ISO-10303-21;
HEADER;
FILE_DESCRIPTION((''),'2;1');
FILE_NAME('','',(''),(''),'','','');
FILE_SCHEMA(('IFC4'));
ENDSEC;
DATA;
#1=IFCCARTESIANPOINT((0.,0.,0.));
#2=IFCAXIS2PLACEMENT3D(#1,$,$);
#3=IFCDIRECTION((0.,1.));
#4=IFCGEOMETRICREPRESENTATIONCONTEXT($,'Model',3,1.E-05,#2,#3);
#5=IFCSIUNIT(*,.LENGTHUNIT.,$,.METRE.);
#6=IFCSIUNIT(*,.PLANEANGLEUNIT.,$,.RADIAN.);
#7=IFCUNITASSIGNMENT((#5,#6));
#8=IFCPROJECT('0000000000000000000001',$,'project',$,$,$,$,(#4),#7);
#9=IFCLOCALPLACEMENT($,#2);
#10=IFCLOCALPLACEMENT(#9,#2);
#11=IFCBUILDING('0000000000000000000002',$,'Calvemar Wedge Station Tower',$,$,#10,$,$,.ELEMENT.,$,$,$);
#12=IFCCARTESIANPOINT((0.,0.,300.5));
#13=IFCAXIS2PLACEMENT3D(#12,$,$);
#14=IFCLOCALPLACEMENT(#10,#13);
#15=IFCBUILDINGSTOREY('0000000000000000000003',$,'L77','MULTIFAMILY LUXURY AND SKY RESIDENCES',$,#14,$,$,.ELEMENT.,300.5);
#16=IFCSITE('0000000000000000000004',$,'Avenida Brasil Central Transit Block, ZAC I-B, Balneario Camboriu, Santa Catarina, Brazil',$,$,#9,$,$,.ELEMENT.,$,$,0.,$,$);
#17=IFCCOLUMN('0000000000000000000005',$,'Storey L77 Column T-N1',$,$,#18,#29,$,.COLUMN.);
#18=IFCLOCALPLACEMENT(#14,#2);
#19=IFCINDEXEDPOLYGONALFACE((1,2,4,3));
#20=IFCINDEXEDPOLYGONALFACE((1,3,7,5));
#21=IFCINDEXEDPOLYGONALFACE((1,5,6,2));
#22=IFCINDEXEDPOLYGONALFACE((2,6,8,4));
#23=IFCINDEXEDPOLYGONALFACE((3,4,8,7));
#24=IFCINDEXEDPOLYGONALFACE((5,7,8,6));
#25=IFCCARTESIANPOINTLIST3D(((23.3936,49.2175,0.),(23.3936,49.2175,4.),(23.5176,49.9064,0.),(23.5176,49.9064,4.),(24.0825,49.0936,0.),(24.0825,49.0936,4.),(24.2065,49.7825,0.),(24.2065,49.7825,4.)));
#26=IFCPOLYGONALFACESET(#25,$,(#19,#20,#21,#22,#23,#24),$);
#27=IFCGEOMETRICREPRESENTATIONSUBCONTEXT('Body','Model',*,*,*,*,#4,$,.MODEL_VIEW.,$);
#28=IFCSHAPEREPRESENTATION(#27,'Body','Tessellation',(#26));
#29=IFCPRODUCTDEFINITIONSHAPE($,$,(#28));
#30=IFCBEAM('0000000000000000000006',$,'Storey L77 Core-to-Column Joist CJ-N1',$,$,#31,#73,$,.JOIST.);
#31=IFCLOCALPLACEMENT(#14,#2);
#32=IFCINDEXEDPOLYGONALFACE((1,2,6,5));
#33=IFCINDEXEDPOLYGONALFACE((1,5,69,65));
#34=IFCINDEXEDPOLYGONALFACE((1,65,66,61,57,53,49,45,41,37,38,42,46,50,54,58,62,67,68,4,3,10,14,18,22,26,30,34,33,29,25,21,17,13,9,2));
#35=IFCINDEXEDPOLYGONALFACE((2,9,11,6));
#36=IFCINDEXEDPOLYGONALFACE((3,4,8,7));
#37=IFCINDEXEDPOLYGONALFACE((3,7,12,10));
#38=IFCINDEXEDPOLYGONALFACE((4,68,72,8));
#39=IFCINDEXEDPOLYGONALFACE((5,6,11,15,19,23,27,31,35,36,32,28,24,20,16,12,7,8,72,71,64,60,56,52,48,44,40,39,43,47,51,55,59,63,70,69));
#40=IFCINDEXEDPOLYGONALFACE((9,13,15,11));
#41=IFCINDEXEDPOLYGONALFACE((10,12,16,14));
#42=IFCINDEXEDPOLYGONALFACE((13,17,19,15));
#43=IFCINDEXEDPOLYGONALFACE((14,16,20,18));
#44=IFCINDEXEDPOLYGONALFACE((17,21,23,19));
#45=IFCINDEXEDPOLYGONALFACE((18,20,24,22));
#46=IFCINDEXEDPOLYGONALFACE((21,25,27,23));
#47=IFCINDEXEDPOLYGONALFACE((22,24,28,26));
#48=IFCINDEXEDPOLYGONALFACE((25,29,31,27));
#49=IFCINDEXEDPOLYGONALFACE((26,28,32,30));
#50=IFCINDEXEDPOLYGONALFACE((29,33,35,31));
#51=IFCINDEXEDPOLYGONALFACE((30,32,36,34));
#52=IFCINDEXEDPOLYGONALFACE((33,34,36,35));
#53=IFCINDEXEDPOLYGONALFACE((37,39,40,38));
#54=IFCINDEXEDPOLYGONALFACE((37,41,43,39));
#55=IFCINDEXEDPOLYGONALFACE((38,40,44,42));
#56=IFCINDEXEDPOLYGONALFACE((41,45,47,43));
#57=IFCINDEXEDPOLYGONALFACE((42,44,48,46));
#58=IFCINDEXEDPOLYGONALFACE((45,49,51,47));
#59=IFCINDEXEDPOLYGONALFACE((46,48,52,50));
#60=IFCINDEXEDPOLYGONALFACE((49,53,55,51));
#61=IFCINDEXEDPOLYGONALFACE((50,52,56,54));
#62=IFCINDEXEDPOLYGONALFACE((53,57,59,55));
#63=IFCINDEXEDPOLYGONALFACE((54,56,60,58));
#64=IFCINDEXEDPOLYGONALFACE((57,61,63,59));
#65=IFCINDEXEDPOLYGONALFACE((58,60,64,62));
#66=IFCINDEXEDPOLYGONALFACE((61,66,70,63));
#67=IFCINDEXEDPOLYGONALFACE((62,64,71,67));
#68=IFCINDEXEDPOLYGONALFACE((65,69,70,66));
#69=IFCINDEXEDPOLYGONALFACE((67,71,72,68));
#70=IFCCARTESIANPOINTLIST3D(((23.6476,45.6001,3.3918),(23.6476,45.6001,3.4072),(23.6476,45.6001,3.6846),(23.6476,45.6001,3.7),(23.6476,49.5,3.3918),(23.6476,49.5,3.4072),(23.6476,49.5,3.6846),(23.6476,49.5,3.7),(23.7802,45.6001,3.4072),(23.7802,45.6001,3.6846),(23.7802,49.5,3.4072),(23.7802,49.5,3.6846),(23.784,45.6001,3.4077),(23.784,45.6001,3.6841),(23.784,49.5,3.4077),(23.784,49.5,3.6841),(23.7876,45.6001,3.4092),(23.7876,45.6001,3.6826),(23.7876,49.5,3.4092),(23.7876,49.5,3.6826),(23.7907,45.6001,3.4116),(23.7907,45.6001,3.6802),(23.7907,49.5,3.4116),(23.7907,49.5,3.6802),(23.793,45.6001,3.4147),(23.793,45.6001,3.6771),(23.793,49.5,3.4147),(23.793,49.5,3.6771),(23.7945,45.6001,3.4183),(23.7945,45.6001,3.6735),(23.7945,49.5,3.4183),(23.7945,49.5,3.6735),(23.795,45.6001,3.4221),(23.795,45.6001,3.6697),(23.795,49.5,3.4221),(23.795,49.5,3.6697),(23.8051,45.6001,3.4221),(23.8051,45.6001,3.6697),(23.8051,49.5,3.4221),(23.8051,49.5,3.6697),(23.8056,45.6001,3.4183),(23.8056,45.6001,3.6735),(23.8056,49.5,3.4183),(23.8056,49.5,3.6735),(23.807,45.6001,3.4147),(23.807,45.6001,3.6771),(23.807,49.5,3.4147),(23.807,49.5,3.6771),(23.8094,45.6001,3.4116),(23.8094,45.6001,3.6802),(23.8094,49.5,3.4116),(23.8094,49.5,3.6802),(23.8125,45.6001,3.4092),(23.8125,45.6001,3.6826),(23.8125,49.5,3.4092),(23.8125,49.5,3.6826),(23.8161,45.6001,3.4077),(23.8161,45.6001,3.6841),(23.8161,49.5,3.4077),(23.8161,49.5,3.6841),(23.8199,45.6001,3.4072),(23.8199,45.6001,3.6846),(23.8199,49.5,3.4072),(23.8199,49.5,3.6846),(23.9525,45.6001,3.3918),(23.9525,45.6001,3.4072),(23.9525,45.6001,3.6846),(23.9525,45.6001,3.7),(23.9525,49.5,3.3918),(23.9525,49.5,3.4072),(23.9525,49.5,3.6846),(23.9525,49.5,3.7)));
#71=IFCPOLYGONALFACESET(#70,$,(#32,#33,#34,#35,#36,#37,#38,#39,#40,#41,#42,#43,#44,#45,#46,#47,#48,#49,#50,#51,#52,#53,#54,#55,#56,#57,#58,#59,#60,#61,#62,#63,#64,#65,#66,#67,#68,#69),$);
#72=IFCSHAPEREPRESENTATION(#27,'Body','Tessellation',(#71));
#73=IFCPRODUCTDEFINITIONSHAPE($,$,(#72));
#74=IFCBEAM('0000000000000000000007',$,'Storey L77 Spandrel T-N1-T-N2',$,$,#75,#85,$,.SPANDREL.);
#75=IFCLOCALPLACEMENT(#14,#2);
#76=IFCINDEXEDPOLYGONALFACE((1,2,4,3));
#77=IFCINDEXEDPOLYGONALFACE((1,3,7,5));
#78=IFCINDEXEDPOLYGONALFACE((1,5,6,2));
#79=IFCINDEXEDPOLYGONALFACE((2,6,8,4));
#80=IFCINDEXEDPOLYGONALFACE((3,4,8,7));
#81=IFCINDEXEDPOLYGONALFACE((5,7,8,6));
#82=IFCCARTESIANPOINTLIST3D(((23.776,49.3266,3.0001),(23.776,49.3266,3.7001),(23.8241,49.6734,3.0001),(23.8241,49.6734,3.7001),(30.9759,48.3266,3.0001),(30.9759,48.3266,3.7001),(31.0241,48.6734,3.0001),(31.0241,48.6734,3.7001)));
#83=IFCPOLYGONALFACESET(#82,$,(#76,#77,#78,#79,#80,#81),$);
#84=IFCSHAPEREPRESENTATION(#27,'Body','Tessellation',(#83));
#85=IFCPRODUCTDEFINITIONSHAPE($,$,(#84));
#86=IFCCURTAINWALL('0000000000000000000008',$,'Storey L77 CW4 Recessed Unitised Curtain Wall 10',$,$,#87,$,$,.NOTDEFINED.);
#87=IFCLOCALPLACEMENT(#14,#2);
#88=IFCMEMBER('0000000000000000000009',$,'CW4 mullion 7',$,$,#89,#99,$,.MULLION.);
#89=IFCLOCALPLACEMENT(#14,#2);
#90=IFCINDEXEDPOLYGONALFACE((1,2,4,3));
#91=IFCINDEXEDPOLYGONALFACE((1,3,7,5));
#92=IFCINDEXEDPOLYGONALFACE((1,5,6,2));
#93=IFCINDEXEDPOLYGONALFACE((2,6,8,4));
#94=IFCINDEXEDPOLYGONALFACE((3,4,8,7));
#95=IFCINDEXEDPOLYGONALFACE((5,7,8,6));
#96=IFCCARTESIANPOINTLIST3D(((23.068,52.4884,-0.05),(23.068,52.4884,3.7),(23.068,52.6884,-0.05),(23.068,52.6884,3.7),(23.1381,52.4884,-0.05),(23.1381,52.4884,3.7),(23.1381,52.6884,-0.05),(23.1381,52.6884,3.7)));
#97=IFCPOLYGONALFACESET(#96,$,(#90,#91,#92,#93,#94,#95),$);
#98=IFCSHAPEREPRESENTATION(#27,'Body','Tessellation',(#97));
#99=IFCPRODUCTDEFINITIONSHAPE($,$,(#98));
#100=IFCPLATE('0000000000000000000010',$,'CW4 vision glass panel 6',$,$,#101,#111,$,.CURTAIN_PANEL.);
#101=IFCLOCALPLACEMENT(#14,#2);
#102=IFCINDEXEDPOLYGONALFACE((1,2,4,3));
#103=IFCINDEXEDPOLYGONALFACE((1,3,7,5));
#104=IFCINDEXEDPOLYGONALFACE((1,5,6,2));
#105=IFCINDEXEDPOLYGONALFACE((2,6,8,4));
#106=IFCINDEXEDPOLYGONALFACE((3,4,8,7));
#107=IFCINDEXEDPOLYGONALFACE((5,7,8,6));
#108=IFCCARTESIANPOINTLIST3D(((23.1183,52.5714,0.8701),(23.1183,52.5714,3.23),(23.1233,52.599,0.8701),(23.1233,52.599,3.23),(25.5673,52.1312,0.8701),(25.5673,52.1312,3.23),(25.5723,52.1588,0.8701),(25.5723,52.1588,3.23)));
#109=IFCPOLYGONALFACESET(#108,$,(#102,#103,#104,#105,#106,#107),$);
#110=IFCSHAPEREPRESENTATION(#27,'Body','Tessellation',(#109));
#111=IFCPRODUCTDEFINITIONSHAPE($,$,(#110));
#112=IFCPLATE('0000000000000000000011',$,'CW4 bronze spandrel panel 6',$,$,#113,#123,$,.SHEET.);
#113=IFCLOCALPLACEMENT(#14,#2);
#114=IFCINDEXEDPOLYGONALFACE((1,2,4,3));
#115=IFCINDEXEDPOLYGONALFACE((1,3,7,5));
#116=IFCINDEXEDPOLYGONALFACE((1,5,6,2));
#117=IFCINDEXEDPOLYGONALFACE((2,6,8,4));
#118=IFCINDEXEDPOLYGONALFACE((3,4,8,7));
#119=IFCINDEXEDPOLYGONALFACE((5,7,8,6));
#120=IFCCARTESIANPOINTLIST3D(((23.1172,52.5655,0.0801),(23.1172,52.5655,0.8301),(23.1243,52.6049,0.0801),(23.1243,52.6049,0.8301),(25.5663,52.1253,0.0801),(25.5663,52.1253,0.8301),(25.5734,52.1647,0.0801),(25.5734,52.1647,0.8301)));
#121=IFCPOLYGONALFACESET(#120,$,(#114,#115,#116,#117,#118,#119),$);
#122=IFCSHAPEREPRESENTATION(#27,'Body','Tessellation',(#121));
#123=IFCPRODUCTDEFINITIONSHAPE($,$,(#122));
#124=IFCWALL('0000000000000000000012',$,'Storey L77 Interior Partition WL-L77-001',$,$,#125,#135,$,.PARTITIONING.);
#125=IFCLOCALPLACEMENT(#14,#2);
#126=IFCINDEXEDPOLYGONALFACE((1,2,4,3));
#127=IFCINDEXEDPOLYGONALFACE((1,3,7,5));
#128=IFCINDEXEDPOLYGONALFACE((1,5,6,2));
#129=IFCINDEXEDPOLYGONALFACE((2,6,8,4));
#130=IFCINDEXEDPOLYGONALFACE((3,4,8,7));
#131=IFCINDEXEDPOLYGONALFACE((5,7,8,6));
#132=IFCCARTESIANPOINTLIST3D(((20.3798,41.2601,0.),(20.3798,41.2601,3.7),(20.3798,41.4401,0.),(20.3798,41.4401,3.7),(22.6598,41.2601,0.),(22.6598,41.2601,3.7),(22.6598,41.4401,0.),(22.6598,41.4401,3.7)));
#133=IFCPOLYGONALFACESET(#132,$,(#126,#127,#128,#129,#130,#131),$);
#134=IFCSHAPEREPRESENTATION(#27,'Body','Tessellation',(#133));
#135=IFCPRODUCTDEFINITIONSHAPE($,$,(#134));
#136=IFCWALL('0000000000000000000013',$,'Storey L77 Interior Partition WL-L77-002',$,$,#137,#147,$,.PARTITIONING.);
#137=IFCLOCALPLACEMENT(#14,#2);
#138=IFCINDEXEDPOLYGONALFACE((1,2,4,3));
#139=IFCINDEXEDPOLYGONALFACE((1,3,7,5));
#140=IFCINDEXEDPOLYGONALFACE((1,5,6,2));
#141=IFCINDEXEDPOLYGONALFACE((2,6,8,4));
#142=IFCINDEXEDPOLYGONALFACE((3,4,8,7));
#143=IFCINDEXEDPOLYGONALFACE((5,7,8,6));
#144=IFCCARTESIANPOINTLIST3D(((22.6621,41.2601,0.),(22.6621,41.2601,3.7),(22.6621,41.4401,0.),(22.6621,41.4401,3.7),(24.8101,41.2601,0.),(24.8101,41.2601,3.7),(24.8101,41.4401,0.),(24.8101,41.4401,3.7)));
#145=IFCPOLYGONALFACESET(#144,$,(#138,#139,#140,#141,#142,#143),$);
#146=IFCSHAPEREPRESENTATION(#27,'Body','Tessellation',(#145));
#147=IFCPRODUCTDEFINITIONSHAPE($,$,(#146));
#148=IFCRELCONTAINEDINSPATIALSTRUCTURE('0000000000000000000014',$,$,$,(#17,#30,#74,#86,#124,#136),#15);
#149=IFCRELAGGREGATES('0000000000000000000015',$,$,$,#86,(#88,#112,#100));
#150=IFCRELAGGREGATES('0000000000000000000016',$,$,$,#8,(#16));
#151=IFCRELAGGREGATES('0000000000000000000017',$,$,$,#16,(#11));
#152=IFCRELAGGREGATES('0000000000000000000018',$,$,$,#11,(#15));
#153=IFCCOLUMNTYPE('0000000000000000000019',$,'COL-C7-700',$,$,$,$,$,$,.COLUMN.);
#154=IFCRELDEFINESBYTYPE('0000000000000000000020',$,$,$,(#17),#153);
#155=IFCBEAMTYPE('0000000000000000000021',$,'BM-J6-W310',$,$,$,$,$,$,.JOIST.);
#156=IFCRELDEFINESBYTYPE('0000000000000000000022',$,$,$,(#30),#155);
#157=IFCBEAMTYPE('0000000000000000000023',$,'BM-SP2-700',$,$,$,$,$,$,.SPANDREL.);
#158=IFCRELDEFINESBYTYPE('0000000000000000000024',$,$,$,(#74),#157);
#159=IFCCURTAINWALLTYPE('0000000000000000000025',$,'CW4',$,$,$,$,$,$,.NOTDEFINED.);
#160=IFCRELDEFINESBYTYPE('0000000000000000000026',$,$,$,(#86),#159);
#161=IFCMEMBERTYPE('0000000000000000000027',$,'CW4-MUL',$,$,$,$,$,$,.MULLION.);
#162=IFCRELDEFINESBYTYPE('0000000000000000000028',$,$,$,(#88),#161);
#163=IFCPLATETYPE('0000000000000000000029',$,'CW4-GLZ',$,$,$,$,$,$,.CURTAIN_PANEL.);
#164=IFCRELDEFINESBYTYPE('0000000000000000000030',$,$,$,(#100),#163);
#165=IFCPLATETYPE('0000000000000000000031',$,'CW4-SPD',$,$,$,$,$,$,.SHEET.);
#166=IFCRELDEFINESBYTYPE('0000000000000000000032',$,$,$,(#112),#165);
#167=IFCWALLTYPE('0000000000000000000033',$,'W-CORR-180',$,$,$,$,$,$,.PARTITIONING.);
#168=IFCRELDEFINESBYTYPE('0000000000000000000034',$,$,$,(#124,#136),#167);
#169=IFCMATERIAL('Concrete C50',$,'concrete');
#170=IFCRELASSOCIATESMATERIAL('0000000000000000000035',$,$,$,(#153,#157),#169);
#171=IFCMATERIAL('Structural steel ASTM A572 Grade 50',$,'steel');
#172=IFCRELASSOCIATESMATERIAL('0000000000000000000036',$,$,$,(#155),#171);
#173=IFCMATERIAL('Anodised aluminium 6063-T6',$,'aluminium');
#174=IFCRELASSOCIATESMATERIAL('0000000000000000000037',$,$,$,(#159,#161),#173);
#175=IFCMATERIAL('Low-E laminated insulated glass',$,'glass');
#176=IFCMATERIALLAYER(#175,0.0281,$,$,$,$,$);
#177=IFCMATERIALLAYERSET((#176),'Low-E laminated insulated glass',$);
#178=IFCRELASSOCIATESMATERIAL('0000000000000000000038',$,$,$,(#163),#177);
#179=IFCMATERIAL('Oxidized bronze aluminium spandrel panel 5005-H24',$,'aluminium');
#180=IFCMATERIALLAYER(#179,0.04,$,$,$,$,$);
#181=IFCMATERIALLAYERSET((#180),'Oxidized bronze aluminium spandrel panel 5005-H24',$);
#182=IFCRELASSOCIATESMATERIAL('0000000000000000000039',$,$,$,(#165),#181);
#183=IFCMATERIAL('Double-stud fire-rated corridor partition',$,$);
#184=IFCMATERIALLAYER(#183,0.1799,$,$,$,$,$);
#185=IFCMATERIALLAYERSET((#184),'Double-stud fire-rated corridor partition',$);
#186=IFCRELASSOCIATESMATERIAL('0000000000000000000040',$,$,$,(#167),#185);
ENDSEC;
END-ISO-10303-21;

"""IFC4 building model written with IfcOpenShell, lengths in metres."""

from ifc_helpers import new_model, si_unit, direction, frame, frame_2d, origin, origin_2d, place, context, subcontext, project, spatial, rectangle, i_section, extrude, source, transform, mapped, material, layer, layer_set, material_profile, profile_set, type_object, element, aggregate, save


model = new_model("IFC4")

# Units and contexts
model_context = context("Model", 3, precision=1e-05, world=origin(), true_north=direction((0.0, 1.0)))
body_context = subcontext(model_context, "Body", "Model", "MODEL_VIEW")
ifc_project = project(units=[si_unit("LENGTHUNIT", "METRE"), si_unit("PLANEANGLEUNIT", "RADIAN")], contexts=[model_context])

# Site, building, storey
site_placement = place(None, origin())
site = spatial("IfcSite", under=ifc_project, at=site_placement, Name="Avenida Brasil Central Transit Block, ZAC I-B, Balneario Camboriu, Santa Catarina, Brazil", CompositionType="ELEMENT", RefElevation=0.0)
building_placement = place(site_placement, origin())
building = spatial("IfcBuilding", under=site, at=building_placement, Name="Calvemar Wedge Station Tower", CompositionType="ELEMENT")
storey_placement = place(building_placement, frame((0.0, 0.0, 300.5)))
storey = spatial("IfcBuildingStorey", under=building, at=storey_placement, Name="L77", Description="MULTIFAMILY LUXURY AND SKY RESIDENCES", CompositionType="ELEMENT", Elevation=300.5)

# Column
ifc_material_1 = material(Name="Concrete C50", Category="concrete")
ifc_material_profile_1 = material_profile(ifc_material_1, rectangle(XDim=0.7, YDim=0.7, at=origin_2d()), Name="RC700x700")
ifc_profile_set_1 = profile_set([ifc_material_profile_1], Name="Concrete C50")
column_type = type_object("IfcColumnType", Name="COL-C7-700", PredefinedType="COLUMN", material=ifc_profile_set_1)
shared_shape_1 = source(origin(), body_context, "Body", "SweptSolid", [
    extrude(rectangle(XDim=0.7, YDim=0.7, at=origin_2d()), origin(), (0.0, 0.0, 1.0), 4.0),
])
column_placement = place(storey_placement, frame((23.8, 49.5, 0.0), z_axis=(0.0, 0.0, 1.0), x_axis=(0.984196, -0.177085, 0.0)))
element("IfcColumn", 1, at=column_placement, inside=storey, type_object=column_type, Name="Storey L77 Column T-N1", PredefinedType="COLUMN", context=body_context, shape_type="MappedRepresentation", body=[
    mapped(shared_shape_1, transform((0.0, 0.0, 0.0), scale=1.0)),
])

# Beams
ifc_material_2 = material(Name="Structural steel ASTM A572 Grade 50", Category="steel")
ifc_material_profile_2 = material_profile(ifc_material_2, i_section(OverallWidth=0.3049, OverallDepth=0.3081, WebThickness=0.01, FlangeThickness=0.0154, FilletRadius=0.0149, at=origin_2d()), Name="W310x97")
ifc_profile_set_2 = profile_set([ifc_material_profile_2], Name="Structural steel ASTM A572 Grade 50")
beam_type_1 = type_object("IfcBeamType", Name="BM-J6-W310", PredefinedType="JOIST", material=ifc_profile_set_2)
shared_shape_2 = source(origin(), body_context, "Body", "SweptSolid", [
    extrude(i_section(OverallWidth=0.3049, OverallDepth=0.3081, WebThickness=0.01, FlangeThickness=0.0154, FilletRadius=0.0149, at=origin_2d()), origin(), (0.0, 0.0, 1.0), 3.8999),
])
beam_1_placement = place(storey_placement, frame((23.8, 45.6001, 3.5459), z_axis=(0.0, 1.0, 0.0), x_axis=(-1.0, 0.0, 0.0)))
element("IfcBeam", 2, at=beam_1_placement, inside=storey, type_object=beam_type_1, Name="Storey L77 Core-to-Column Joist CJ-N1", PredefinedType="JOIST", context=body_context, shape_type="MappedRepresentation", body=[
    mapped(shared_shape_2, transform((0.0, 0.0, 0.0), scale=1.0)),
])
ifc_material_profile_3 = material_profile(ifc_material_1, rectangle(XDim=0.3501, YDim=0.7, at=origin_2d()), Name="RC350x700")
ifc_profile_set_3 = profile_set([ifc_material_profile_3], Name="Concrete C50")
beam_type_2 = type_object("IfcBeamType", Name="BM-SP2-700", PredefinedType="SPANDREL", material=ifc_profile_set_3)
shared_shape_3 = source(origin(), body_context, "Body", "SweptSolid", [
    extrude(rectangle(XDim=0.3501, YDim=0.7, at=origin_2d()), origin(), (0.0, 0.0, 1.0), 7.269),
])
beam_2_placement = place(storey_placement, frame((23.8, 49.5, 3.3501), z_axis=(0.990492, -0.137569, 0.0), x_axis=(0.137569, 0.990492, 0.0)))
element("IfcBeam", 3, at=beam_2_placement, inside=storey, type_object=beam_type_2, Name="Storey L77 Spandrel T-N1-T-N2", PredefinedType="SPANDREL", context=body_context, shape_type="MappedRepresentation", body=[
    mapped(shared_shape_3, transform((0.0, 0.0, 0.0), scale=1.0)),
])

# Curtain wall, member, plates
ifc_material_3 = material(Name="Anodised aluminium 6063-T6", Category="aluminium")
curtain_wall_type = type_object("IfcCurtainWallType", Name="CW4", PredefinedType="NOTDEFINED", material=ifc_material_3)
curtain_wall_placement = place(storey_placement, origin())
curtain_wall = element("IfcCurtainWall", 4, at=curtain_wall_placement, inside=storey, type_object=curtain_wall_type, Name="Storey L77 CW4 Recessed Unitised Curtain Wall 10", PredefinedType="NOTDEFINED")
ifc_material_profile_4 = material_profile(ifc_material_3, rectangle(XDim=0.0701, YDim=0.2, at=origin_2d()), Name="AL-MUL-70x200")
ifc_profile_set_4 = profile_set([ifc_material_profile_4], Name="Anodised aluminium 6063-T6")
member_type = type_object("IfcMemberType", Name="CW4-MUL", PredefinedType="MULLION", material=ifc_profile_set_4)
shared_shape_4 = source(origin(), body_context, "Body", "SweptSolid", [
    extrude(rectangle(XDim=0.0701, YDim=0.2, at=origin_2d()), origin(), (0.0, 0.0, 1.0), 3.75),
])
member_placement = place(storey_placement, frame((23.103, 52.5884, -0.05), z_axis=(0.0, 0.0, 1.0), x_axis=(1.0, 0.0, 0.0)))
member = element("IfcMember", 5, at=member_placement, type_object=member_type, Name="CW4 mullion 7", PredefinedType="MULLION", context=body_context, shape_type="MappedRepresentation", body=[
    mapped(shared_shape_4, transform((0.0, 0.0, 0.0), scale=1.0)),
])
ifc_material_4 = material(Name="Low-E laminated insulated glass", Category="glass")
ifc_layer_1 = layer(ifc_material_4, 0.0281)
ifc_layer_set_1 = layer_set([ifc_layer_1], Name="Low-E laminated insulated glass")
plate_type_1 = type_object("IfcPlateType", Name="CW4-GLZ", PredefinedType="CURTAIN_PANEL", material=ifc_layer_set_1)
plate_1_placement = place(storey_placement, frame((25.5698, 52.145, 0.8701), z_axis=(0.0, 0.0, 1.0), x_axis=(-0.984227, 0.176908, 0.0)))
plate_1 = element("IfcPlate", 6, at=plate_1_placement, type_object=plate_type_1, Name="CW4 vision glass panel 6", PredefinedType="CURTAIN_PANEL", context=body_context, shape_type="SweptSolid", body=[
    extrude(rectangle(XDim=2.4883, YDim=0.0281, at=frame_2d((1.2441, 0.0))), origin(), (0.0, 0.0, 1.0), 2.3599),
])
ifc_material_5 = material(Name="Oxidized bronze aluminium spandrel panel 5005-H24", Category="aluminium")
ifc_layer_2 = layer(ifc_material_5, 0.04)
ifc_layer_set_2 = layer_set([ifc_layer_2], Name="Oxidized bronze aluminium spandrel panel 5005-H24")
plate_type_2 = type_object("IfcPlateType", Name="CW4-SPD", PredefinedType="SHEET", material=ifc_layer_set_2)
plate_2_placement = place(storey_placement, frame((25.5698, 52.145, 0.0801), z_axis=(0.0, 0.0, 1.0), x_axis=(-0.984227, 0.176908, 0.0)))
plate_2 = element("IfcPlate", 7, at=plate_2_placement, type_object=plate_type_2, Name="CW4 bronze spandrel panel 6", PredefinedType="SHEET", context=body_context, shape_type="SweptSolid", body=[
    extrude(rectangle(XDim=2.4883, YDim=0.04, at=frame_2d((1.2441, 0.0))), origin(), (0.0, 0.0, 1.0), 0.75),
])
aggregate(curtain_wall, [member, plate_2, plate_1])

# Walls
ifc_material_6 = material(Name="Double-stud fire-rated corridor partition")
ifc_layer_3 = layer(ifc_material_6, 0.1799)
ifc_layer_set_3 = layer_set([ifc_layer_3], Name="Double-stud fire-rated corridor partition")
wall_type_1 = type_object("IfcWallType", Name="W-CORR-180", PredefinedType="PARTITIONING", material=ifc_layer_set_3)
wall_1_placement = place(storey_placement, frame((22.6599, 41.3501, 0.0), z_axis=(0.0, 0.0, 1.0), x_axis=(-1.0, 0.0, 0.0)))
element("IfcWall", 8, at=wall_1_placement, inside=storey, type_object=wall_type_1, Name="Storey L77 Interior Partition WL-L77-001", PredefinedType="PARTITIONING", context=body_context, shape_type="SweptSolid", body=[
    extrude(rectangle(XDim=2.28, YDim=0.1799, at=frame_2d((1.1401, 0.0))), origin(), (0.0, 0.0, 1.0), 3.7),
])
wall_2_placement = place(storey_placement, frame((24.8101, 41.3501, 0.0), z_axis=(0.0, 0.0, 1.0), x_axis=(-1.0, 0.0, 0.0)))
element("IfcWall", 9, at=wall_2_placement, inside=storey, type_object=wall_type_1, Name="Storey L77 Interior Partition WL-L77-002", PredefinedType="PARTITIONING", context=body_context, shape_type="SweptSolid", body=[
    extrude(rectangle(XDim=2.1479, YDim=0.1799, at=frame_2d((1.074, 0.0))), origin(), (0.0, 0.0, 1.0), 3.7),
])

save(model, "model.ifc")
